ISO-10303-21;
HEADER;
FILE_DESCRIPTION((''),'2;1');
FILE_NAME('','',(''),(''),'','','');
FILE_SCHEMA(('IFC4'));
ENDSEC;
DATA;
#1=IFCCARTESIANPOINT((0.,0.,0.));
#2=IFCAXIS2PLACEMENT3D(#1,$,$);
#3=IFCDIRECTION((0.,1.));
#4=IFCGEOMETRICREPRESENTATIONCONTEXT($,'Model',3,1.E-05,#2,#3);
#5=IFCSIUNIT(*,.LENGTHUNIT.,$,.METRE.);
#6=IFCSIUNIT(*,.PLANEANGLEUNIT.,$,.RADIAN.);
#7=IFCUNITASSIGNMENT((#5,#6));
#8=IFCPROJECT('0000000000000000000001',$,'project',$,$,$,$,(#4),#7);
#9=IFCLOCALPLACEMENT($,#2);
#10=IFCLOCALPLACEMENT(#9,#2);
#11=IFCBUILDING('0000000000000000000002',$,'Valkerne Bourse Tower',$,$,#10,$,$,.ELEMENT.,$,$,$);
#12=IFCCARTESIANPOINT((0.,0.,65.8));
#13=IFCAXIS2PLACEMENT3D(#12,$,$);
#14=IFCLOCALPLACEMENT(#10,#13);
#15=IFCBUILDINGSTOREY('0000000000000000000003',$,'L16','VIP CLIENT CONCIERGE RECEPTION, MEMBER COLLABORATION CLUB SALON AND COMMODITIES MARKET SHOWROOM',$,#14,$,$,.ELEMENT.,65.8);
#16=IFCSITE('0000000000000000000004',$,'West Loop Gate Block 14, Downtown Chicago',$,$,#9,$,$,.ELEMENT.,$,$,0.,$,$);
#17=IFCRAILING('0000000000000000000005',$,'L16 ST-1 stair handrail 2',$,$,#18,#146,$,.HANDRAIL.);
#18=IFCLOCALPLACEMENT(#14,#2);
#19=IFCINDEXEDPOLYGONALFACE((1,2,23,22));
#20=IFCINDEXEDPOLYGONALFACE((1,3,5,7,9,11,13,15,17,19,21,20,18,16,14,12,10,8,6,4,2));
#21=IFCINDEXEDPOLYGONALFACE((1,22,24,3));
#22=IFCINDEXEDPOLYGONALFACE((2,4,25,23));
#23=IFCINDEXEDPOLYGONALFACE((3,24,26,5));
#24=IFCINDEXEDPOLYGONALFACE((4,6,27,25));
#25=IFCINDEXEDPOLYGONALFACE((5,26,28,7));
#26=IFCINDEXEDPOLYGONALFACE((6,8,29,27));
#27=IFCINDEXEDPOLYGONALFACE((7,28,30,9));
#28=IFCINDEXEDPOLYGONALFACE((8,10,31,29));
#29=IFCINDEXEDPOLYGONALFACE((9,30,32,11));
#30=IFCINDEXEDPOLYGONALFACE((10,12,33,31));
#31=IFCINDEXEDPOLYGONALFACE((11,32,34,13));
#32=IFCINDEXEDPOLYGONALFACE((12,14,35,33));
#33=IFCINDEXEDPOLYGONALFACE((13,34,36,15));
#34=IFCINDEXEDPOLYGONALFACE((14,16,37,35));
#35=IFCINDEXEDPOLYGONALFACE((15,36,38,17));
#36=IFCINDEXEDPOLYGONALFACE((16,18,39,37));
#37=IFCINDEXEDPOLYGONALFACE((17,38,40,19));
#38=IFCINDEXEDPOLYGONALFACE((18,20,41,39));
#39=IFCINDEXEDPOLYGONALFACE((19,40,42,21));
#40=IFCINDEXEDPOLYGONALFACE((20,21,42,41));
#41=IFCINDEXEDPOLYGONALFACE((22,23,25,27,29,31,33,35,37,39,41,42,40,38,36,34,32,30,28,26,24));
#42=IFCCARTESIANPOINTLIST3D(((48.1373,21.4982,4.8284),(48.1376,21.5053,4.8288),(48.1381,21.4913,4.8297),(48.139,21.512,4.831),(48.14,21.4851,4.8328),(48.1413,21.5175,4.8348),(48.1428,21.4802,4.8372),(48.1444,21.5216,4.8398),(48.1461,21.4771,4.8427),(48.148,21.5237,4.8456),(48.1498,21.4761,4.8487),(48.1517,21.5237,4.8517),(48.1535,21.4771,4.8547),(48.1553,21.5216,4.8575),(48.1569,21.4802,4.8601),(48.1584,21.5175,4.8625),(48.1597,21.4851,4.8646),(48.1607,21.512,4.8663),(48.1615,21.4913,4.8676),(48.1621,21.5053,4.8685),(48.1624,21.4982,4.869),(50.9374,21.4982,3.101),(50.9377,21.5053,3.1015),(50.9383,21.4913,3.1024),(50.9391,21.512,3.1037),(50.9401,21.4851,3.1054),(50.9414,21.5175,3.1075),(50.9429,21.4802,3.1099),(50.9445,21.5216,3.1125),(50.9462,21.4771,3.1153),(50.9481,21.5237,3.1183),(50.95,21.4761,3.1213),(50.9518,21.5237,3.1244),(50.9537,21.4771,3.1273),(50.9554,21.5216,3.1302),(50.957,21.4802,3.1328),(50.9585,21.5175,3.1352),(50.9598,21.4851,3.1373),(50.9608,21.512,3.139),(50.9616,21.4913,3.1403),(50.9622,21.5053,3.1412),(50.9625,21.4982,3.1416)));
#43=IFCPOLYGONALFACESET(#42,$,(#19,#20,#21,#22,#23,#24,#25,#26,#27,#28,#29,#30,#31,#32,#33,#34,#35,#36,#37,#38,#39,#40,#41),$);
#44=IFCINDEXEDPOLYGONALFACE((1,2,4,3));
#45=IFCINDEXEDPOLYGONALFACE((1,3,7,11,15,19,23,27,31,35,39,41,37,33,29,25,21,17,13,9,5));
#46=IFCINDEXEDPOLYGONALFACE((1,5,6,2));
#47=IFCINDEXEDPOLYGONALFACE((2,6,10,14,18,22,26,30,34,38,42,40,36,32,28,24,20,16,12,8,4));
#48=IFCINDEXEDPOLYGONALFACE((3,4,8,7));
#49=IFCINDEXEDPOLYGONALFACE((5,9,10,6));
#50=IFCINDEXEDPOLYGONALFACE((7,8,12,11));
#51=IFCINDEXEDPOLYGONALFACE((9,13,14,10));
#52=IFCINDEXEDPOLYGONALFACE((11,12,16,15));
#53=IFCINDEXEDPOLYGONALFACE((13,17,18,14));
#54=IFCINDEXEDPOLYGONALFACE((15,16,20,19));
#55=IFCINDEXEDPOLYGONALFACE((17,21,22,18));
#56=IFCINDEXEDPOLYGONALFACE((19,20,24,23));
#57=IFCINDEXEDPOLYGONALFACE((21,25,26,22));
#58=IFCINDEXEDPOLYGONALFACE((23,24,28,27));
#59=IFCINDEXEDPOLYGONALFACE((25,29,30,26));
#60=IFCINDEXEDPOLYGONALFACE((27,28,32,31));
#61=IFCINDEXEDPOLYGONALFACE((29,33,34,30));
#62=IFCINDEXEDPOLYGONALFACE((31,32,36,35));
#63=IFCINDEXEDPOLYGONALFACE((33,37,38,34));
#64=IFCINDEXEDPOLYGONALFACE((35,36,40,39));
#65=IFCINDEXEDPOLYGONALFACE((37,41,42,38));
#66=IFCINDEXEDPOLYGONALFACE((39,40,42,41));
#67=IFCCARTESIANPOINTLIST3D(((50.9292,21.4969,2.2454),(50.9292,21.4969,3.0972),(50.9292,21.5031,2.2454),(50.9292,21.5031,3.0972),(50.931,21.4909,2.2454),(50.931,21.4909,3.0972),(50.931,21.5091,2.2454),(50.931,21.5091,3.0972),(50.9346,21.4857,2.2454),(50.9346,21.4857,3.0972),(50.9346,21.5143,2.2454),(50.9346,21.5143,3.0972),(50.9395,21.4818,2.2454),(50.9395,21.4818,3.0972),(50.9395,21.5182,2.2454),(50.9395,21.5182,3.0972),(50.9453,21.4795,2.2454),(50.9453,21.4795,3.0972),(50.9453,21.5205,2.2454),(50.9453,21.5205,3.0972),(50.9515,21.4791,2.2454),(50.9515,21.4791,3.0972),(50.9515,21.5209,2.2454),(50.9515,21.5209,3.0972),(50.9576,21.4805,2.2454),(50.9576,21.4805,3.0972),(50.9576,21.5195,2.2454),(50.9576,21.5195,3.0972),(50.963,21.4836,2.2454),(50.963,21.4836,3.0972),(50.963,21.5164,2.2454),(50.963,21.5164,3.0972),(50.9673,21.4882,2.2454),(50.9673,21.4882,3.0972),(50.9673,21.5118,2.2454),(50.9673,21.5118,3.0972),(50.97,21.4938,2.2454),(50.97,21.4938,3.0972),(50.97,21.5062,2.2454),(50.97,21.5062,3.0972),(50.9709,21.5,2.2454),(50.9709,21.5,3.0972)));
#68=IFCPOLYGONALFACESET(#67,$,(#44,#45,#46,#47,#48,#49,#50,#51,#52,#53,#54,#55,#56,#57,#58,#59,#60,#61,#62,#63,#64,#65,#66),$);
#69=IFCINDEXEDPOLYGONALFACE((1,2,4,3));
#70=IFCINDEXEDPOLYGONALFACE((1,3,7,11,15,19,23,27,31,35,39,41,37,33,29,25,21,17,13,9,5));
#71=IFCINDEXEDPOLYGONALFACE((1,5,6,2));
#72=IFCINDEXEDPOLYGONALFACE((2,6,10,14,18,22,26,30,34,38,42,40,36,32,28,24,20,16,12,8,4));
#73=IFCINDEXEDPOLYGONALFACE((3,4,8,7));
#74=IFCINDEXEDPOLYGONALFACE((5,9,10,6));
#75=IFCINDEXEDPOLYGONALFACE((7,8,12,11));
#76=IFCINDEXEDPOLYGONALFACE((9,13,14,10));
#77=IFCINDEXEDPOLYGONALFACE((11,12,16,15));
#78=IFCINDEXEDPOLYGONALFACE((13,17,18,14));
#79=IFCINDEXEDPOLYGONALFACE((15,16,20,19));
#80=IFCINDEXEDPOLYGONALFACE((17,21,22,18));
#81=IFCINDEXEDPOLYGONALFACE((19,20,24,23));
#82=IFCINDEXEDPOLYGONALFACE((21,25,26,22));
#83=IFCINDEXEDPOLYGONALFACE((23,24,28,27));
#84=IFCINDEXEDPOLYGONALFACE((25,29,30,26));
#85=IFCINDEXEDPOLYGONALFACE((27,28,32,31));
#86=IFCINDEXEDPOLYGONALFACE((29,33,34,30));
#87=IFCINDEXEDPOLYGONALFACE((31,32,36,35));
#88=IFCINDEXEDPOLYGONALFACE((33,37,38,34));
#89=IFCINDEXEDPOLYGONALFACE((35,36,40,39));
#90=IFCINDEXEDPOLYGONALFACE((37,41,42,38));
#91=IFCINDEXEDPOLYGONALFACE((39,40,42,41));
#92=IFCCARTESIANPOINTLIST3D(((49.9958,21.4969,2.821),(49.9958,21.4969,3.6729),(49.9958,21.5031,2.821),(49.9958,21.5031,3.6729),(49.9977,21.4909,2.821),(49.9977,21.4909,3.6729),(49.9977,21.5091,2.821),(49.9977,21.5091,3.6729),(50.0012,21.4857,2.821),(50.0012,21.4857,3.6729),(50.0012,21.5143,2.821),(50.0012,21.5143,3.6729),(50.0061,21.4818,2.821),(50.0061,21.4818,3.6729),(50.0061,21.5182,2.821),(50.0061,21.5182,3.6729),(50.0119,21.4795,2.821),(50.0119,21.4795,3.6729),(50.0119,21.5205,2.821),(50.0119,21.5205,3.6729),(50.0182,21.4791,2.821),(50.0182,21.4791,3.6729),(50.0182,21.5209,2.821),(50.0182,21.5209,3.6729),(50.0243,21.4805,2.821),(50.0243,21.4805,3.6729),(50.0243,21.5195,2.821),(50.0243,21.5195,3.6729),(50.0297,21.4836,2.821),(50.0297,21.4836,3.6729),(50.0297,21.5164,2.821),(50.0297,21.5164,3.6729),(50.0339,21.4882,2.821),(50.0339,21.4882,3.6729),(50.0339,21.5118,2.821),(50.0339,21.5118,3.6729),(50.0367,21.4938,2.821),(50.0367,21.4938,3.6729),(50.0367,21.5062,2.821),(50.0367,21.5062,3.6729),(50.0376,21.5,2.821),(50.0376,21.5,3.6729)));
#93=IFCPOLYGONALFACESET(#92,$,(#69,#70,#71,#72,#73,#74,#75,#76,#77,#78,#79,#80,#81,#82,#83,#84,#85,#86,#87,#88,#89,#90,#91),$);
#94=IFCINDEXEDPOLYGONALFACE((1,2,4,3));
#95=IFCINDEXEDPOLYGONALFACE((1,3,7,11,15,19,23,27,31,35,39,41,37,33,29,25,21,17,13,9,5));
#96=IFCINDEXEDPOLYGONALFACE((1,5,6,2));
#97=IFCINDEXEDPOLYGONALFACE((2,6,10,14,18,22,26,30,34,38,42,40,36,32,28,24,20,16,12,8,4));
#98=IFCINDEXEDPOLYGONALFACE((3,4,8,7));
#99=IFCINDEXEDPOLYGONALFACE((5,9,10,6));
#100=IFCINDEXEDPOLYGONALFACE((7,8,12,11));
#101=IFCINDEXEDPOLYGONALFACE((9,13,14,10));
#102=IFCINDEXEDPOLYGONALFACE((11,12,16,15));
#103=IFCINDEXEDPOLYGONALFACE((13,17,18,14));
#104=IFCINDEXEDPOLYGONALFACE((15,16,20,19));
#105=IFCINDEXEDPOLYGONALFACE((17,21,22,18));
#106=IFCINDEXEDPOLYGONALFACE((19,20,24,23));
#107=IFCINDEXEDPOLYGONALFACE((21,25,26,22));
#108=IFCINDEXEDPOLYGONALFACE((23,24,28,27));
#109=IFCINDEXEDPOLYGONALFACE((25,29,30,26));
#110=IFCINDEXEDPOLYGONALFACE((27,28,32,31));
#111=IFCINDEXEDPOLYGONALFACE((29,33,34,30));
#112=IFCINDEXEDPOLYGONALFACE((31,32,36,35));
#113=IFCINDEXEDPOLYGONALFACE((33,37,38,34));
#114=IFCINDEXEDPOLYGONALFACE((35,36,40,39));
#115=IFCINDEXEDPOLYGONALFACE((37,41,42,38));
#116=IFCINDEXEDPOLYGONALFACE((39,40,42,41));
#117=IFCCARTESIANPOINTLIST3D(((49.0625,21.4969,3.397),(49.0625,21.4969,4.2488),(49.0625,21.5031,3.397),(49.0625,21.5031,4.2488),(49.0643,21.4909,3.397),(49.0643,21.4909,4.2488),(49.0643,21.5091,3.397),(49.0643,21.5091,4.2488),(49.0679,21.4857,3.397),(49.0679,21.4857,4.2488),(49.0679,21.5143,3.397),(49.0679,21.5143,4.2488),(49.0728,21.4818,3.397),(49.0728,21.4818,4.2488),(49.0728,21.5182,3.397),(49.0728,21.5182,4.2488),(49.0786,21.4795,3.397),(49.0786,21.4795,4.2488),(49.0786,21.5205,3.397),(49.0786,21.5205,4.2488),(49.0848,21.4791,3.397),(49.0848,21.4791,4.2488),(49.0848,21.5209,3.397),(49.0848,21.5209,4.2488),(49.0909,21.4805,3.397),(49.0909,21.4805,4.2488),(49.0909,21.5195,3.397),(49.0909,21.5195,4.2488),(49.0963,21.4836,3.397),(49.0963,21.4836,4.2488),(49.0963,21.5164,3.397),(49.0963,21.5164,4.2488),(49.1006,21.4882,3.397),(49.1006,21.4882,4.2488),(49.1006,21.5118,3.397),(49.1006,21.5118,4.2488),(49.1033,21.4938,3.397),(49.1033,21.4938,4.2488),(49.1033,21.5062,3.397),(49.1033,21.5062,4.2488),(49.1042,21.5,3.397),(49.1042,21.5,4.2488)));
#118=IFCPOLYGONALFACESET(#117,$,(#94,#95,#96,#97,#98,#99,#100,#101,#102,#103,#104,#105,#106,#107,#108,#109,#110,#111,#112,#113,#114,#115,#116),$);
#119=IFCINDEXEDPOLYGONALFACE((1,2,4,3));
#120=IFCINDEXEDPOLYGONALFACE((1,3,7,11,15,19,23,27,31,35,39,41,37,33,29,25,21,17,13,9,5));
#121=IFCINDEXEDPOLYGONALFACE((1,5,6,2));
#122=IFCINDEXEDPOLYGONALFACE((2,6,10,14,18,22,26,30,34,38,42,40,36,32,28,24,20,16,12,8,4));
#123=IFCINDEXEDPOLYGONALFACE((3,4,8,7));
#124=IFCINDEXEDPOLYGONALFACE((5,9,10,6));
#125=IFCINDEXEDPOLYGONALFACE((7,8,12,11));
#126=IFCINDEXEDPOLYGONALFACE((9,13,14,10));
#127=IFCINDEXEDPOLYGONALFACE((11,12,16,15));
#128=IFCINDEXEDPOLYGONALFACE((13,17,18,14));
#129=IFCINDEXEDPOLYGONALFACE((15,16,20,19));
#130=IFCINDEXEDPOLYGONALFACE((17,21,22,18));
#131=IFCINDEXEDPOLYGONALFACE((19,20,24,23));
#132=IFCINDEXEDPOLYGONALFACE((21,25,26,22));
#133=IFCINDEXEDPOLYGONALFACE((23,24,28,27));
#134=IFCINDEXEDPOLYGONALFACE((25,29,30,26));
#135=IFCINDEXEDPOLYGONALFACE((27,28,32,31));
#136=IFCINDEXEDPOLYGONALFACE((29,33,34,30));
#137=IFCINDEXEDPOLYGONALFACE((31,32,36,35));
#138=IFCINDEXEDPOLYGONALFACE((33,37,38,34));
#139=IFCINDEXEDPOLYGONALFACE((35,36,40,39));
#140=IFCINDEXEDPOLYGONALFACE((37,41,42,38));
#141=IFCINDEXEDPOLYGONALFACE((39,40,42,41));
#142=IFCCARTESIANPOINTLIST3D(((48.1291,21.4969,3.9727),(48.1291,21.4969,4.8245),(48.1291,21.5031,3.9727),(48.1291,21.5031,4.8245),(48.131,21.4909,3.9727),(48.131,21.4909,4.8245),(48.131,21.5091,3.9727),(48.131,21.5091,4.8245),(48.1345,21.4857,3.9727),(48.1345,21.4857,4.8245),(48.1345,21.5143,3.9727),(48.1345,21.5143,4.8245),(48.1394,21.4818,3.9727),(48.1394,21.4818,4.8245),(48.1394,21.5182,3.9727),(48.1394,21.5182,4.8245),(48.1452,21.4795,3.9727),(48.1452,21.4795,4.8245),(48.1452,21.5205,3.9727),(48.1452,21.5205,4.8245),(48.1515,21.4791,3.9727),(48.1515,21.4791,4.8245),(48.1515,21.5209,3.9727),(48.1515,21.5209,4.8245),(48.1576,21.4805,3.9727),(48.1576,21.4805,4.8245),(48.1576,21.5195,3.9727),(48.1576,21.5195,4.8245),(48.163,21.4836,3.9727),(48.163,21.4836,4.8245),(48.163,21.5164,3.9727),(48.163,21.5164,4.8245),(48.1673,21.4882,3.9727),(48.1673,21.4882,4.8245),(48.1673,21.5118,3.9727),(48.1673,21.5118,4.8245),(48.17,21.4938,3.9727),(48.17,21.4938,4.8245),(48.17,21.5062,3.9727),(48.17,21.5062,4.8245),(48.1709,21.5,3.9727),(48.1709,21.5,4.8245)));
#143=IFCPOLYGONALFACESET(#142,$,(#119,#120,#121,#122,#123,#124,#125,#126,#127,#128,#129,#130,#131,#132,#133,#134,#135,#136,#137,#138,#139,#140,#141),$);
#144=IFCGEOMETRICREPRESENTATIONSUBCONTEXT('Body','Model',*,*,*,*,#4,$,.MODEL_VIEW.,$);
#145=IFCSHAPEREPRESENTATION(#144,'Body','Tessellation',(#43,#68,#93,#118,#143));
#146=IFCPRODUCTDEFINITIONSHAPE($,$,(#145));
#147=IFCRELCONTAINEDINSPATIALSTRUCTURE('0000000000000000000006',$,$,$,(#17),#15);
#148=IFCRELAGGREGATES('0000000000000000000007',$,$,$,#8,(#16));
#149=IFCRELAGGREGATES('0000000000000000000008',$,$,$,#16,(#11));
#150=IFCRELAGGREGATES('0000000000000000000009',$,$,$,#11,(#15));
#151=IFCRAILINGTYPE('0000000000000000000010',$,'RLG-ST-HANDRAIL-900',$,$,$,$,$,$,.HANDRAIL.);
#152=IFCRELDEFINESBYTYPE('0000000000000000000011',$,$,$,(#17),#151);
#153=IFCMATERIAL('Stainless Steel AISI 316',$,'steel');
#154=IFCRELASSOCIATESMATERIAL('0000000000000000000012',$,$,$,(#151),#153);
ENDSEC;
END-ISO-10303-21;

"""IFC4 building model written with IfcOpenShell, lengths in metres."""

from ifc_helpers import new_model, si_unit, direction, frame, origin, origin_2d, place, context, subcontext, project, spatial, circle, extrude, material, type_object, element, save


model = new_model("IFC4")

# Units and contexts
model_context = context("Model", 3, precision=1e-05, world=origin(), true_north=direction((0.0, 1.0)))
body_context = subcontext(model_context, "Body", "Model", "MODEL_VIEW")
ifc_project = project(units=[si_unit("LENGTHUNIT", "METRE"), si_unit("PLANEANGLEUNIT", "RADIAN")], contexts=[model_context])

# Site, building, storey
site_placement = place(None, origin())
site = spatial("IfcSite", under=ifc_project, at=site_placement, Name="West Loop Gate Block 14, Downtown Chicago", CompositionType="ELEMENT", RefElevation=0.0)
building_placement = place(site_placement, origin())
building = spatial("IfcBuilding", under=site, at=building_placement, Name="Valkerne Bourse Tower", CompositionType="ELEMENT")
storey_placement = place(building_placement, frame((0.0, 0.0, 65.8)))
storey = spatial("IfcBuildingStorey", under=building, at=storey_placement, Name="L16", Description="VIP CLIENT CONCIERGE RECEPTION, MEMBER COLLABORATION CLUB SALON AND COMMODITIES MARKET SHOWROOM", CompositionType="ELEMENT", Elevation=65.8)

# Railing
ifc_material_1 = material(Name="Stainless Steel AISI 316", Category="steel")
railing_type_1 = type_object("IfcRailingType", Name="RLG-ST-HANDRAIL-900", PredefinedType="HANDRAIL", material=ifc_material_1)
railing_1_placement = place(storey_placement, frame((50.95, 21.5, 2.2454)))
element("IfcRailing", 1, at=railing_1_placement, inside=storey, type_object=railing_type_1, Name="L16 ST-1 stair handrail 2", PredefinedType="HANDRAIL", context=body_context, shape_type="SweptSolid", body=[
    extrude(circle(Radius=0.0239, at=origin_2d()), frame((0.0, 0.0, 0.876), z_axis=(-0.85109, 0.0, 0.52502), x_axis=(0.0, -1.0, 0.0)), (0.0, 0.0, 1.0), 3.29),
    extrude(circle(Radius=0.021, at=origin_2d()), origin(), (0.0, 0.0, 1.0), 0.8518),
    extrude(circle(Radius=0.021, at=origin_2d()), frame((-0.9333, 0.0, 0.5757)), (0.0, 0.0, 1.0), 0.8518),
    extrude(circle(Radius=0.021, at=origin_2d()), frame((-1.8667, 0.0, 1.1516)), (0.0, 0.0, 1.0), 0.8518),
    extrude(circle(Radius=0.021, at=origin_2d()), frame((-2.8, 0.0, 1.7273)), (0.0, 0.0, 1.0), 0.8518),
])

save(model, "model.ifc")
